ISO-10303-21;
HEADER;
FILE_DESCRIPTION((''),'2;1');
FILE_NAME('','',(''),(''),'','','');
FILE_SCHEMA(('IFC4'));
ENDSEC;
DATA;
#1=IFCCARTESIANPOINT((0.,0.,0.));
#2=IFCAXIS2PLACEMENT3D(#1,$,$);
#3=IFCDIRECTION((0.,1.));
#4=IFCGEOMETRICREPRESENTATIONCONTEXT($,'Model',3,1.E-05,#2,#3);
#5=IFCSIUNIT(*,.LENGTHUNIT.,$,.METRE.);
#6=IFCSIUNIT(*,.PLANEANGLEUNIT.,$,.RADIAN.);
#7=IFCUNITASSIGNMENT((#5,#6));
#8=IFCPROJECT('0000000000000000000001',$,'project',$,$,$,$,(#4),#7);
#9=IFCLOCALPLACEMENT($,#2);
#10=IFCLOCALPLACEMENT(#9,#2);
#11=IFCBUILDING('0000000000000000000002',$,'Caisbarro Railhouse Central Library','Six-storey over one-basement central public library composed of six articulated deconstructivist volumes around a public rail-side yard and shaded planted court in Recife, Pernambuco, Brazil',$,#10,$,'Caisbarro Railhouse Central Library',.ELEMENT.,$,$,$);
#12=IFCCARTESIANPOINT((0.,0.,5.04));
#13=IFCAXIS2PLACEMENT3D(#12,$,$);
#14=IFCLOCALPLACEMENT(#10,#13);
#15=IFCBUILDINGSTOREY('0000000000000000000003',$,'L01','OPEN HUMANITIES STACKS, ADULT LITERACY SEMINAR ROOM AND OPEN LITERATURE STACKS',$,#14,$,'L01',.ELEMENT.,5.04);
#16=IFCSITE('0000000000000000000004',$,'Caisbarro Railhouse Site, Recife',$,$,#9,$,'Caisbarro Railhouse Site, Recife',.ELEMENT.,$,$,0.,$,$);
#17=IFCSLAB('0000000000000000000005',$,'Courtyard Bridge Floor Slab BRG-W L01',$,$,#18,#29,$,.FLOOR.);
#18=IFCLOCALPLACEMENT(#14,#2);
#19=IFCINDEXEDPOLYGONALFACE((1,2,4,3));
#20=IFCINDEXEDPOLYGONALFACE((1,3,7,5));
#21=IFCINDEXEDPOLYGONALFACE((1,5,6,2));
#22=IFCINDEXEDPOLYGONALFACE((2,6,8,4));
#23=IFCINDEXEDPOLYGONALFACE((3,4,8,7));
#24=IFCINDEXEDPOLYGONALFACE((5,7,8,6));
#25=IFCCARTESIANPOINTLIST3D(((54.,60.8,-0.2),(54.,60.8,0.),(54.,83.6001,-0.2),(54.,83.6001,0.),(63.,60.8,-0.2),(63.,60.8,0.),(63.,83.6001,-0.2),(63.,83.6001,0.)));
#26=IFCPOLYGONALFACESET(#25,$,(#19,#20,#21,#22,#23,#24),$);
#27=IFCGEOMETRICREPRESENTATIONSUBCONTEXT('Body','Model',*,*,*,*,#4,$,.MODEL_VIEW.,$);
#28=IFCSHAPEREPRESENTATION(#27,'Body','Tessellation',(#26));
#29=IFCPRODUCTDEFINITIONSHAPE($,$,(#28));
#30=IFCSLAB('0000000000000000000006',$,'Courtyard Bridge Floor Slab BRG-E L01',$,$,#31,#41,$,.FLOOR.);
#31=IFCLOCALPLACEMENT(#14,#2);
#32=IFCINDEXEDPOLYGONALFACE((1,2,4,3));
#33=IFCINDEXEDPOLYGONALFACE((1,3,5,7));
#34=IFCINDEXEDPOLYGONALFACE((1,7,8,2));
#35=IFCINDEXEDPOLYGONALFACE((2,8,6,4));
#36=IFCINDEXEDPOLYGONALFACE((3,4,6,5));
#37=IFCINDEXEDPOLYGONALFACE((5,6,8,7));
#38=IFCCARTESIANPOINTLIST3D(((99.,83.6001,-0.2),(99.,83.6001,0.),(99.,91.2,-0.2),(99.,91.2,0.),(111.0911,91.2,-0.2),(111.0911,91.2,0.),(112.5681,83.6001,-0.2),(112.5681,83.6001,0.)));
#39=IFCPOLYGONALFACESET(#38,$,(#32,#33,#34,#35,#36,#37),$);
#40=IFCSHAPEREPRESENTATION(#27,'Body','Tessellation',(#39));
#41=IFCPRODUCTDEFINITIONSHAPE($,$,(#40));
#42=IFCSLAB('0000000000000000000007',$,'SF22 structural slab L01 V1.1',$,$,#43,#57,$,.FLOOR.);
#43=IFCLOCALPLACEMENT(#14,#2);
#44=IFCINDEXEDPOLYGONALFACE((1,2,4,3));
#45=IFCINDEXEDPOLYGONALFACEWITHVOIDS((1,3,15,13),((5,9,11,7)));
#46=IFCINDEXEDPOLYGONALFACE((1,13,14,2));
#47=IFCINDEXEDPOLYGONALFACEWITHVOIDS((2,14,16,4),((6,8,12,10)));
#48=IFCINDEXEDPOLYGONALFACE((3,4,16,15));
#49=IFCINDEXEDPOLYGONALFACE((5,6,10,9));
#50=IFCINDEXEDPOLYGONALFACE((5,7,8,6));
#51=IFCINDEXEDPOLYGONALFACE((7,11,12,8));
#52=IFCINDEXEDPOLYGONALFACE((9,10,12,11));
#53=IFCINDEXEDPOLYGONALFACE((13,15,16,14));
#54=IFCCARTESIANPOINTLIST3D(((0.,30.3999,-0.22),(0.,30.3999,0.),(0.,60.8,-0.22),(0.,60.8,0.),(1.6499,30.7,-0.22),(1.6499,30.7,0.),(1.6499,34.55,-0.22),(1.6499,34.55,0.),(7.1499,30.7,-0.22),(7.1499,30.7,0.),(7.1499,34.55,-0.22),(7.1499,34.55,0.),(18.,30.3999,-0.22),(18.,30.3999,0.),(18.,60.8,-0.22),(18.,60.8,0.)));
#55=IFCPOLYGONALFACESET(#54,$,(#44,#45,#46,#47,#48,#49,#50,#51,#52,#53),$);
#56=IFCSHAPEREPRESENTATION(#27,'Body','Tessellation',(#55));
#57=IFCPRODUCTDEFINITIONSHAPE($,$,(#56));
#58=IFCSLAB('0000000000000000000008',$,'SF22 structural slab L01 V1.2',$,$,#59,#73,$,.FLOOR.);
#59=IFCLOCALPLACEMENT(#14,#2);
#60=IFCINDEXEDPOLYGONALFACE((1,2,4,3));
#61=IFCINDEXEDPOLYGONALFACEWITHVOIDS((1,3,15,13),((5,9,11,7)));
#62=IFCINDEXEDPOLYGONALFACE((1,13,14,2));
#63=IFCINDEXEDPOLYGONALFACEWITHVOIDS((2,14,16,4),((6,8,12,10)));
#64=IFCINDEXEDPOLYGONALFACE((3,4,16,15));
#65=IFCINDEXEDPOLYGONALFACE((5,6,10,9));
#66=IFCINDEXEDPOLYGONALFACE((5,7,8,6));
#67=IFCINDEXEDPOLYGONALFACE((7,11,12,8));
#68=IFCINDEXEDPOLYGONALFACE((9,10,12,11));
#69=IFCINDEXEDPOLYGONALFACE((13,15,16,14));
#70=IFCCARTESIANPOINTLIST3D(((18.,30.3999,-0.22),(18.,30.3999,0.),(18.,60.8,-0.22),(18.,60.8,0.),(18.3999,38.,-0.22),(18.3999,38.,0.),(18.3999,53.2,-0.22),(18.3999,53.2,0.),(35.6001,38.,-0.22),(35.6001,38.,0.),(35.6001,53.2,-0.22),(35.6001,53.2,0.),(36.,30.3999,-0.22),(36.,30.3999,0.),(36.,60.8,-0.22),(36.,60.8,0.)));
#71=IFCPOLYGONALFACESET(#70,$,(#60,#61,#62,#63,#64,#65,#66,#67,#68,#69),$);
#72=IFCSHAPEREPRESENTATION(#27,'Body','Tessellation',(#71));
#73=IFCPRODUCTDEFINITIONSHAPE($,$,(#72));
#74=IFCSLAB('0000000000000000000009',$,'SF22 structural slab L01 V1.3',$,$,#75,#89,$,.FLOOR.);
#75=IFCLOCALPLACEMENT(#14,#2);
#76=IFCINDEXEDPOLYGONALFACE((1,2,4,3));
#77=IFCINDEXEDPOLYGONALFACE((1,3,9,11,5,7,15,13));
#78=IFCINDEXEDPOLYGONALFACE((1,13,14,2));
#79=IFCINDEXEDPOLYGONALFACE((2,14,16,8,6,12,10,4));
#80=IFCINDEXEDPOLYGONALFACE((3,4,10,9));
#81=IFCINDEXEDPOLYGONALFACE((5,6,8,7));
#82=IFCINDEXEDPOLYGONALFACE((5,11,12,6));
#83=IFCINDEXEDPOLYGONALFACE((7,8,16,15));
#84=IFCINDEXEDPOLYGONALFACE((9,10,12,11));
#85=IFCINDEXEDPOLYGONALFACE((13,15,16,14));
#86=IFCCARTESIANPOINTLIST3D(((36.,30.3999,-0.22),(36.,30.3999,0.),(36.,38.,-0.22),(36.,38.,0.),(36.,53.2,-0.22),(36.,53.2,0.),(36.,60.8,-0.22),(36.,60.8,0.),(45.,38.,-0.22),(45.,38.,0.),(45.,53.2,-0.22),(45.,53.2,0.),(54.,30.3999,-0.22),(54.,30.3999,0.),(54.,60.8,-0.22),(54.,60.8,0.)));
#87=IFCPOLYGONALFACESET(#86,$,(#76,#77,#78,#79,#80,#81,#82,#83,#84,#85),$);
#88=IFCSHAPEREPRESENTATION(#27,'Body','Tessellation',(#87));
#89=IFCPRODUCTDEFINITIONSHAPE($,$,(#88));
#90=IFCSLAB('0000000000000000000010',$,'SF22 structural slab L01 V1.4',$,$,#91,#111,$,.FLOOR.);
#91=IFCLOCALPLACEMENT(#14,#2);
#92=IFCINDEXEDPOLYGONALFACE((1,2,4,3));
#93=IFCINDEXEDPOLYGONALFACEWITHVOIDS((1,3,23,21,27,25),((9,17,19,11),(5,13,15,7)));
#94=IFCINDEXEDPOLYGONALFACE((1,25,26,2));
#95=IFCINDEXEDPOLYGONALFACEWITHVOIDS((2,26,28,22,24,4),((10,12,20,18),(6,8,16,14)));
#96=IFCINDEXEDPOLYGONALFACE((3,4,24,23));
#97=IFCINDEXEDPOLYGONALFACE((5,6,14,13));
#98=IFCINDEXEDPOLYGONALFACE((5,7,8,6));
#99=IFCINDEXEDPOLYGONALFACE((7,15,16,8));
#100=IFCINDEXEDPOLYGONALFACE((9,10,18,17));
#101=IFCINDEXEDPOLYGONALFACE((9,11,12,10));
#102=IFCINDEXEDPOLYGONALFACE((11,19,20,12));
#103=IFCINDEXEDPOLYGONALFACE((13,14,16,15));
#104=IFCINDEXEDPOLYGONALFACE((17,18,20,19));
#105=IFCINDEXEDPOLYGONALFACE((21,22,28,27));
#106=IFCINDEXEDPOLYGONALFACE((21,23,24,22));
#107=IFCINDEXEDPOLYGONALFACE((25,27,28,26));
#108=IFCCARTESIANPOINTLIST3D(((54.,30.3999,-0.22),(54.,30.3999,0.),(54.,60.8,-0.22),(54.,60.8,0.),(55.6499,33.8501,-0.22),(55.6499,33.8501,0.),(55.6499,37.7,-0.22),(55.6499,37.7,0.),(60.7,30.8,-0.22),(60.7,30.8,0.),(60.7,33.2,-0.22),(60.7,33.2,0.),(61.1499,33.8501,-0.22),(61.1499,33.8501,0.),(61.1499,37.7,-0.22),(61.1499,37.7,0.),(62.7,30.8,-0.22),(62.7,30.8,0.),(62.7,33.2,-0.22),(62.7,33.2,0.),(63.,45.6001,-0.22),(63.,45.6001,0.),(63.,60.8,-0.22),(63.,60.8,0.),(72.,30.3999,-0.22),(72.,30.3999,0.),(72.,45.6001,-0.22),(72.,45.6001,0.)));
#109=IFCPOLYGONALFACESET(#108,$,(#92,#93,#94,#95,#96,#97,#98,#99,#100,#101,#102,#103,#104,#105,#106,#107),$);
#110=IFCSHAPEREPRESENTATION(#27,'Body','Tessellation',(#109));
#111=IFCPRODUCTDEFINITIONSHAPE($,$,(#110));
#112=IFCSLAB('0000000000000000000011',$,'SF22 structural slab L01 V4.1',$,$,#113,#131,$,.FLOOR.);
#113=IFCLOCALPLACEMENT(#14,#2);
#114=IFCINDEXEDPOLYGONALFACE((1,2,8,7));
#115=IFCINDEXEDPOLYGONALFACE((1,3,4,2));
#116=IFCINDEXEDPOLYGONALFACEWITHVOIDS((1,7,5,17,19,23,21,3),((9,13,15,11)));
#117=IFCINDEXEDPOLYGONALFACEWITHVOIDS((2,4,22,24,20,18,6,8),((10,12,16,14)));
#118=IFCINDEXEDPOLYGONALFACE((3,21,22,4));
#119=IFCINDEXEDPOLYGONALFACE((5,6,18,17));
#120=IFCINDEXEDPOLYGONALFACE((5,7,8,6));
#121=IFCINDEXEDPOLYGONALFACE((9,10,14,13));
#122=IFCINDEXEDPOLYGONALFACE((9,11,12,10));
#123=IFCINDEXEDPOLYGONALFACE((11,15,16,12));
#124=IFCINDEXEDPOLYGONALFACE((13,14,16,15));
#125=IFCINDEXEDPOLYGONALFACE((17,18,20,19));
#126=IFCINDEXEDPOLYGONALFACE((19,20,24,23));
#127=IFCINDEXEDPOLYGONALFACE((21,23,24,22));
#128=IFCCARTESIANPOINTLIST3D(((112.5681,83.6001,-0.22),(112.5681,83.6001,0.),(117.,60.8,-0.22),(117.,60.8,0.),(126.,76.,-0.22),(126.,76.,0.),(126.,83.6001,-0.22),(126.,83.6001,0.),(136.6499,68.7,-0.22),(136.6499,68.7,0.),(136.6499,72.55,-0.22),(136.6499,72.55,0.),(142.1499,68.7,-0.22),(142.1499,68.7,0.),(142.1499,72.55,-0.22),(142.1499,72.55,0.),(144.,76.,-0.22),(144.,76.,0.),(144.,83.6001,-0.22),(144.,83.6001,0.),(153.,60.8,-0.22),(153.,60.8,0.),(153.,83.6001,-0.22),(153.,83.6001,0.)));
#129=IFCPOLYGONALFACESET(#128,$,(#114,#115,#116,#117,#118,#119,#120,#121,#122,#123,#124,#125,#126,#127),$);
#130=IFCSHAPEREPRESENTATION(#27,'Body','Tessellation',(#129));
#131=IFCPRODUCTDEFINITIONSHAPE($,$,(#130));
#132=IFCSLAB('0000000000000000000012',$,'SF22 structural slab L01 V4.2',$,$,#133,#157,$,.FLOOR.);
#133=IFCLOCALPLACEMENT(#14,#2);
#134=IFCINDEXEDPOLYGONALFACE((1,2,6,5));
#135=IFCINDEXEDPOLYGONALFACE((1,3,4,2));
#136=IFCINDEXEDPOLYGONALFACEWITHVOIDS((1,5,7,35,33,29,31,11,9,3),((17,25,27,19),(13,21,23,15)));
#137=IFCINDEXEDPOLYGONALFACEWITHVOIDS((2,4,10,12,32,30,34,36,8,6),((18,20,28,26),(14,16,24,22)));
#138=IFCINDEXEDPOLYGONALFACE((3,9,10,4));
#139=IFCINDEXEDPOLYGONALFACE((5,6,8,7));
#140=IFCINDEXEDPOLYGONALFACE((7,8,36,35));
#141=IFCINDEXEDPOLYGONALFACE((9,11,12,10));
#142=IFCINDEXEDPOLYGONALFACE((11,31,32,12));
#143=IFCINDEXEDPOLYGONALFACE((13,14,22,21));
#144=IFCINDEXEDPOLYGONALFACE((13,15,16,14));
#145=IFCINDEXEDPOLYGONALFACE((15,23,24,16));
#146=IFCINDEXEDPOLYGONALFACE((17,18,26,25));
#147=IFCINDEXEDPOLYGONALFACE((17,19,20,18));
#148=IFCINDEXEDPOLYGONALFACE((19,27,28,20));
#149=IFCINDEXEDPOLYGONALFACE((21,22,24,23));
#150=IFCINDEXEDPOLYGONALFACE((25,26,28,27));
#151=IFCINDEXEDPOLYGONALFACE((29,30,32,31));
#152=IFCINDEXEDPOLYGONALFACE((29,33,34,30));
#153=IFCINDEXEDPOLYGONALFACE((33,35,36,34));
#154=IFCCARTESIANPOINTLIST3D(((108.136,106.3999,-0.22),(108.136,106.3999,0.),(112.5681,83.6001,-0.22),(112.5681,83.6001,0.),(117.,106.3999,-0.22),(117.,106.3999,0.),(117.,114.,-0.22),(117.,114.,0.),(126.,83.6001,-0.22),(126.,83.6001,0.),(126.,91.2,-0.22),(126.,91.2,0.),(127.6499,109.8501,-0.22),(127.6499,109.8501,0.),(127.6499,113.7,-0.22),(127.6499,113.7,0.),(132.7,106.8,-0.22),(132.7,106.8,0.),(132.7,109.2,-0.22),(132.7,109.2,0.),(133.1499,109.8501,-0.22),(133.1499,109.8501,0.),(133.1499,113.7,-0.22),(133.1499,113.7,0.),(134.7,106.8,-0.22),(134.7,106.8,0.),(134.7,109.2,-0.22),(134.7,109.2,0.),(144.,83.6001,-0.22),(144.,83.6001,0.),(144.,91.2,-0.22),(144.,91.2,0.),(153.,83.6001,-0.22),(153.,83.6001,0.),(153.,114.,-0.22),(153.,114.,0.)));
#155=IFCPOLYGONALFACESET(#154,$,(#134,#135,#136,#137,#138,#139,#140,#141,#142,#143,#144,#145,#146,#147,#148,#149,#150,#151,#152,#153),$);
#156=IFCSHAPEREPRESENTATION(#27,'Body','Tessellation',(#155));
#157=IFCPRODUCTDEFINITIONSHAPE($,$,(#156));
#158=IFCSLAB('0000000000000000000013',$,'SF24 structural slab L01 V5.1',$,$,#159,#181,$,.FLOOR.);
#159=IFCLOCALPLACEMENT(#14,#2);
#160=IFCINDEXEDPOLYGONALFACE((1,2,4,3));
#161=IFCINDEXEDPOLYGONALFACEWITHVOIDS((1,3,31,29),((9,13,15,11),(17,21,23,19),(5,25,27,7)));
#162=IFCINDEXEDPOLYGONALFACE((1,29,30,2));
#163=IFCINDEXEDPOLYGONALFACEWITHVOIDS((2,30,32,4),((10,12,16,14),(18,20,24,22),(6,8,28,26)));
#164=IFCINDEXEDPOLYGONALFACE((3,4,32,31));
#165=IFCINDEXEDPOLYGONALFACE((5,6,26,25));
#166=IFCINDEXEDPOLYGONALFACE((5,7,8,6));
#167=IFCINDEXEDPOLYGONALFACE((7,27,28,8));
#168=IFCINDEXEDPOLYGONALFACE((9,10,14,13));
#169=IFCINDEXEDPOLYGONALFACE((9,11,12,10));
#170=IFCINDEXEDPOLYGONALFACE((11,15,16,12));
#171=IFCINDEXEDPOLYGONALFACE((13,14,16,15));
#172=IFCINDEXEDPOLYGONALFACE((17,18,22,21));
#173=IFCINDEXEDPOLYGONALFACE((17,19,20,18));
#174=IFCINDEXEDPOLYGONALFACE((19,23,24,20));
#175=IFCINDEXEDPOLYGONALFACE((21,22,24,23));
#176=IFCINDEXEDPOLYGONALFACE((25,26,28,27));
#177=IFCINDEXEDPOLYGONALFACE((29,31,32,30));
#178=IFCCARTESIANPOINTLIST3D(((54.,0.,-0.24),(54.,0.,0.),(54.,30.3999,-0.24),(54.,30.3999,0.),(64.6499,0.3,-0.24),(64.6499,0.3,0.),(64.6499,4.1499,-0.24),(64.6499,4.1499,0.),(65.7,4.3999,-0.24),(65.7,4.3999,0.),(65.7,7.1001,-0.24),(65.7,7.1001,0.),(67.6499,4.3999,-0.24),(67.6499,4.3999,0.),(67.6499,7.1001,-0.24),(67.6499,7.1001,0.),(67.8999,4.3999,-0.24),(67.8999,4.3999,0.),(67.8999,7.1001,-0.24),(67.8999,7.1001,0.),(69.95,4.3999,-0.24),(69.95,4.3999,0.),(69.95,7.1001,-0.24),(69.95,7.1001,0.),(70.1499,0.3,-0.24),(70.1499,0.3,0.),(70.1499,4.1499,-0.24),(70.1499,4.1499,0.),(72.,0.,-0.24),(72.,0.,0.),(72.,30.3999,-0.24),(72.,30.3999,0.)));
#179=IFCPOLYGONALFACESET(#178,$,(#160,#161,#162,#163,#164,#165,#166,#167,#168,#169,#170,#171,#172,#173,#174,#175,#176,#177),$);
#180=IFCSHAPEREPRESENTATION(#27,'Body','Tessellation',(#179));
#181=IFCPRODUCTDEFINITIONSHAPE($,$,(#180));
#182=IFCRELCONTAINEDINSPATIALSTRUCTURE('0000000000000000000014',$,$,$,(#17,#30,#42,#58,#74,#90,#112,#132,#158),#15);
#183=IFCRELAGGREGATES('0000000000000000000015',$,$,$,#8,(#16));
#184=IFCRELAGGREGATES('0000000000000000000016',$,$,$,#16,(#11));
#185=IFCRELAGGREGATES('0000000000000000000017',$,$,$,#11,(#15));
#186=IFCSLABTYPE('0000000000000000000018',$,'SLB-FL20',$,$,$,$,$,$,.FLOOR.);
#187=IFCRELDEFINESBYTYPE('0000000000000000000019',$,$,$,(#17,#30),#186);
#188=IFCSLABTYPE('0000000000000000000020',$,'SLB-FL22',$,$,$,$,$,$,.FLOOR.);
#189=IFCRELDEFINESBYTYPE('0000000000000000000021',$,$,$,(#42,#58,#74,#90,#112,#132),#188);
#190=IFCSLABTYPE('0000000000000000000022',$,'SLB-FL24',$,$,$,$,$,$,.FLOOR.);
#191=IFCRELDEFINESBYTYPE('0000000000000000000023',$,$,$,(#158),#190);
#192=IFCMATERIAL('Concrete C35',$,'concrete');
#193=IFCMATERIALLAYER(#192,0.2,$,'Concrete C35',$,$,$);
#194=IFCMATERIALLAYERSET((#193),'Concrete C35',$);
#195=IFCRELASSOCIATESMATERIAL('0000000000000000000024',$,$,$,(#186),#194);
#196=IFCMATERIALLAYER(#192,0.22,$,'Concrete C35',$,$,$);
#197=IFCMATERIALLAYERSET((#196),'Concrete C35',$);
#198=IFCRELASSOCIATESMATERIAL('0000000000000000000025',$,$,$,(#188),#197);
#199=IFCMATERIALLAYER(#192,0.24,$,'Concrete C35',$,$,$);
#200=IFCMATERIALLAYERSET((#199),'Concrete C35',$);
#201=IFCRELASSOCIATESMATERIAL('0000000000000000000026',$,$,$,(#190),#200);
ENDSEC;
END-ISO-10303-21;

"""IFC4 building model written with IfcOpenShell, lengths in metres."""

from ifc_helpers import new_model, si_unit, direction, frame, origin, place, context, subcontext, project, spatial, polyline, outline, extrude, material, layer, layer_set, type_object, element, save


model = new_model("IFC4")

# Units and contexts
model_context = context("Model", 3, precision=1e-05, world=origin(), true_north=direction((0.0, 1.0)))
body_context = subcontext(model_context, "Body", "Model", "MODEL_VIEW")
ifc_project = project(units=[si_unit("LENGTHUNIT", "METRE"), si_unit("PLANEANGLEUNIT", "RADIAN")], contexts=[model_context])

# Site, building, storey
site_placement = place(None, origin())
site = spatial("IfcSite", under=ifc_project, at=site_placement, Name="Caisbarro Railhouse Site, Recife", LongName="Caisbarro Railhouse Site, Recife", CompositionType="ELEMENT", RefElevation=0.0)
building_placement = place(site_placement, origin())
building = spatial("IfcBuilding", under=site, at=building_placement, Name="Caisbarro Railhouse Central Library", Description="Six-storey over one-basement central public library composed of six articulated deconstructivist volumes around a public rail-side yard and shaded planted court in Recife, Pernambuco, Brazil", LongName="Caisbarro Railhouse Central Library", CompositionType="ELEMENT")
storey_placement = place(building_placement, frame((0.0, 0.0, 5.04)))
storey = spatial("IfcBuildingStorey", under=building, at=storey_placement, Name="L01", Description="OPEN HUMANITIES STACKS, ADULT LITERACY SEMINAR ROOM AND OPEN LITERATURE STACKS", LongName="L01", CompositionType="ELEMENT", Elevation=5.04)

# Slabs
ifc_material_1 = material(Name="Concrete C35", Category="concrete")
ifc_layer_1 = layer(ifc_material_1, 0.2, Name="Concrete C35")
ifc_layer_set_1 = layer_set([ifc_layer_1], Name="Concrete C35")
slab_type_1 = type_object("IfcSlabType", Name="SLB-FL20", PredefinedType="FLOOR", material=ifc_layer_set_1)
slab_1_placement = place(storey_placement, frame((0.0, 0.0, -0.2)))
element("IfcSlab", 1, at=slab_1_placement, inside=storey, type_object=slab_type_1, Name="Courtyard Bridge Floor Slab BRG-W L01", PredefinedType="FLOOR", context=body_context, shape_type="SweptSolid", body=[
    extrude(outline(polyline([(54.0, 60.8), (63.0, 60.8), (63.0, 83.6001), (54.0, 83.6001), (54.0, 60.8)])), origin(), (0.0, 0.0, 1.0), 0.2),
])
slab_2_placement = place(storey_placement, frame((0.0, 0.0, -0.2)))
element("IfcSlab", 2, at=slab_2_placement, inside=storey, type_object=slab_type_1, Name="Courtyard Bridge Floor Slab BRG-E L01", PredefinedType="FLOOR", context=body_context, shape_type="SweptSolid", body=[
    extrude(outline(polyline([(99.0, 83.6001), (112.5681, 83.6001), (111.0911, 91.2), (99.0, 91.2), (99.0, 83.6001)])), origin(), (0.0, 0.0, 1.0), 0.2),
])
ifc_layer_2 = layer(ifc_material_1, 0.22, Name="Concrete C35")
ifc_layer_set_2 = layer_set([ifc_layer_2], Name="Concrete C35")
slab_type_2 = type_object("IfcSlabType", Name="SLB-FL22", PredefinedType="FLOOR", material=ifc_layer_set_2)
slab_3_placement = place(storey_placement, frame((0.0, 0.0, -0.22)))
element("IfcSlab", 3, at=slab_3_placement, inside=storey, type_object=slab_type_2, Name="SF22 structural slab L01 V1.1", PredefinedType="FLOOR", context=body_context, shape_type="SweptSolid", body=[
    extrude(outline(polyline([(0.0, 30.3999), (18.0, 30.3999), (18.0, 60.8), (0.0, 60.8), (0.0, 30.3999)]), holes=[polyline([(1.6499, 30.7), (7.1499, 30.7), (7.1499, 34.55), (1.6499, 34.55), (1.6499, 30.7)])]), origin(), (0.0, 0.0, 1.0), 0.22),
])
slab_4_placement = place(storey_placement, frame((0.0, 0.0, -0.22)))
element("IfcSlab", 4, at=slab_4_placement, inside=storey, type_object=slab_type_2, Name="SF22 structural slab L01 V1.2", PredefinedType="FLOOR", context=body_context, shape_type="SweptSolid", body=[
    extrude(outline(polyline([(18.0, 30.3999), (36.0, 30.3999), (36.0, 60.8), (18.0, 60.8), (18.0, 30.3999)]), holes=[polyline([(18.3999, 38.0), (35.6001, 38.0), (35.6001, 53.2), (18.3999, 53.2), (18.3999, 38.0)])]), origin(), (0.0, 0.0, 1.0), 0.22),
])
slab_5_placement = place(storey_placement, frame((0.0, 0.0, -0.22)))
element("IfcSlab", 5, at=slab_5_placement, inside=storey, type_object=slab_type_2, Name="SF22 structural slab L01 V1.3", PredefinedType="FLOOR", context=body_context, shape_type="SweptSolid", body=[
    extrude(outline(polyline([(36.0, 30.3999), (54.0, 30.3999), (54.0, 60.8), (36.0, 60.8), (36.0, 53.2), (45.0, 53.2), (45.0, 38.0), (36.0, 38.0), (36.0, 30.3999)])), origin(), (0.0, 0.0, 1.0), 0.22),
])
slab_6_placement = place(storey_placement, frame((0.0, 0.0, -0.22)))
element("IfcSlab", 6, at=slab_6_placement, inside=storey, type_object=slab_type_2, Name="SF22 structural slab L01 V1.4", PredefinedType="FLOOR", context=body_context, shape_type="SweptSolid", body=[
    extrude(outline(polyline([(54.0, 30.3999), (72.0, 30.3999), (72.0, 45.6001), (63.0, 45.6001), (63.0, 60.8), (54.0, 60.8), (54.0, 30.3999)]), holes=[polyline([(55.6499, 33.8501), (61.1499, 33.8501), (61.1499, 37.7), (55.6499, 37.7), (55.6499, 33.8501)]), polyline([(60.7, 30.8), (62.7, 30.8), (62.7, 33.2), (60.7, 33.2), (60.7, 30.8)])]), origin(), (0.0, 0.0, 1.0), 0.22),
])
slab_7_placement = place(storey_placement, frame((0.0, 0.0, -0.22)))
element("IfcSlab", 7, at=slab_7_placement, inside=storey, type_object=slab_type_2, Name="SF22 structural slab L01 V4.1", PredefinedType="FLOOR", context=body_context, shape_type="SweptSolid", body=[
    extrude(outline(polyline([(117.0, 60.8), (153.0, 60.8), (153.0, 83.6001), (144.0, 83.6001), (144.0, 76.0), (126.0, 76.0), (126.0, 83.6001), (112.5681, 83.6001), (117.0, 60.8)]), holes=[polyline([(136.6499, 68.7), (142.1499, 68.7), (142.1499, 72.55), (136.6499, 72.55), (136.6499, 68.7)])]), origin(), (0.0, 0.0, 1.0), 0.22),
])
slab_8_placement = place(storey_placement, frame((0.0, 0.0, -0.22)))
element("IfcSlab", 8, at=slab_8_placement, inside=storey, type_object=slab_type_2, Name="SF22 structural slab L01 V4.2", PredefinedType="FLOOR", context=body_context, shape_type="SweptSolid", body=[
    extrude(outline(polyline([(112.5681, 83.6001), (126.0, 83.6001), (126.0, 91.2), (144.0, 91.2), (144.0, 83.6001), (153.0, 83.6001), (153.0, 114.0), (117.0, 114.0), (117.0, 106.3999), (108.136, 106.3999), (112.5681, 83.6001)]), holes=[polyline([(127.6499, 109.8501), (133.1499, 109.8501), (133.1499, 113.7), (127.6499, 113.7), (127.6499, 109.8501)]), polyline([(132.7, 106.8), (134.7, 106.8), (134.7, 109.2), (132.7, 109.2), (132.7, 106.8)])]), origin(), (0.0, 0.0, 1.0), 0.22),
])
ifc_layer_3 = layer(ifc_material_1, 0.24, Name="Concrete C35")
ifc_layer_set_3 = layer_set([ifc_layer_3], Name="Concrete C35")
slab_type_3 = type_object("IfcSlabType", Name="SLB-FL24", PredefinedType="FLOOR", material=ifc_layer_set_3)
slab_9_placement = place(storey_placement, frame((0.0, 0.0, -0.24)))
element("IfcSlab", 9, at=slab_9_placement, inside=storey, type_object=slab_type_3, Name="SF24 structural slab L01 V5.1", PredefinedType="FLOOR", context=body_context, shape_type="SweptSolid", body=[
    extrude(outline(polyline([(54.0, 0.0), (72.0, 0.0), (72.0, 30.3999), (54.0, 30.3999), (54.0, 0.0)]), holes=[polyline([(64.6499, 0.3), (70.1499, 0.3), (70.1499, 4.1499), (64.6499, 4.1499), (64.6499, 0.3)]), polyline([(65.7, 4.3999), (67.6499, 4.3999), (67.6499, 7.1001), (65.7, 7.1001), (65.7, 4.3999)]), polyline([(67.8999, 4.3999), (69.95, 4.3999), (69.95, 7.1001), (67.8999, 7.1001), (67.8999, 4.3999)])]), origin(), (0.0, 0.0, 1.0), 0.24),
])

save(model, "model.ifc")
